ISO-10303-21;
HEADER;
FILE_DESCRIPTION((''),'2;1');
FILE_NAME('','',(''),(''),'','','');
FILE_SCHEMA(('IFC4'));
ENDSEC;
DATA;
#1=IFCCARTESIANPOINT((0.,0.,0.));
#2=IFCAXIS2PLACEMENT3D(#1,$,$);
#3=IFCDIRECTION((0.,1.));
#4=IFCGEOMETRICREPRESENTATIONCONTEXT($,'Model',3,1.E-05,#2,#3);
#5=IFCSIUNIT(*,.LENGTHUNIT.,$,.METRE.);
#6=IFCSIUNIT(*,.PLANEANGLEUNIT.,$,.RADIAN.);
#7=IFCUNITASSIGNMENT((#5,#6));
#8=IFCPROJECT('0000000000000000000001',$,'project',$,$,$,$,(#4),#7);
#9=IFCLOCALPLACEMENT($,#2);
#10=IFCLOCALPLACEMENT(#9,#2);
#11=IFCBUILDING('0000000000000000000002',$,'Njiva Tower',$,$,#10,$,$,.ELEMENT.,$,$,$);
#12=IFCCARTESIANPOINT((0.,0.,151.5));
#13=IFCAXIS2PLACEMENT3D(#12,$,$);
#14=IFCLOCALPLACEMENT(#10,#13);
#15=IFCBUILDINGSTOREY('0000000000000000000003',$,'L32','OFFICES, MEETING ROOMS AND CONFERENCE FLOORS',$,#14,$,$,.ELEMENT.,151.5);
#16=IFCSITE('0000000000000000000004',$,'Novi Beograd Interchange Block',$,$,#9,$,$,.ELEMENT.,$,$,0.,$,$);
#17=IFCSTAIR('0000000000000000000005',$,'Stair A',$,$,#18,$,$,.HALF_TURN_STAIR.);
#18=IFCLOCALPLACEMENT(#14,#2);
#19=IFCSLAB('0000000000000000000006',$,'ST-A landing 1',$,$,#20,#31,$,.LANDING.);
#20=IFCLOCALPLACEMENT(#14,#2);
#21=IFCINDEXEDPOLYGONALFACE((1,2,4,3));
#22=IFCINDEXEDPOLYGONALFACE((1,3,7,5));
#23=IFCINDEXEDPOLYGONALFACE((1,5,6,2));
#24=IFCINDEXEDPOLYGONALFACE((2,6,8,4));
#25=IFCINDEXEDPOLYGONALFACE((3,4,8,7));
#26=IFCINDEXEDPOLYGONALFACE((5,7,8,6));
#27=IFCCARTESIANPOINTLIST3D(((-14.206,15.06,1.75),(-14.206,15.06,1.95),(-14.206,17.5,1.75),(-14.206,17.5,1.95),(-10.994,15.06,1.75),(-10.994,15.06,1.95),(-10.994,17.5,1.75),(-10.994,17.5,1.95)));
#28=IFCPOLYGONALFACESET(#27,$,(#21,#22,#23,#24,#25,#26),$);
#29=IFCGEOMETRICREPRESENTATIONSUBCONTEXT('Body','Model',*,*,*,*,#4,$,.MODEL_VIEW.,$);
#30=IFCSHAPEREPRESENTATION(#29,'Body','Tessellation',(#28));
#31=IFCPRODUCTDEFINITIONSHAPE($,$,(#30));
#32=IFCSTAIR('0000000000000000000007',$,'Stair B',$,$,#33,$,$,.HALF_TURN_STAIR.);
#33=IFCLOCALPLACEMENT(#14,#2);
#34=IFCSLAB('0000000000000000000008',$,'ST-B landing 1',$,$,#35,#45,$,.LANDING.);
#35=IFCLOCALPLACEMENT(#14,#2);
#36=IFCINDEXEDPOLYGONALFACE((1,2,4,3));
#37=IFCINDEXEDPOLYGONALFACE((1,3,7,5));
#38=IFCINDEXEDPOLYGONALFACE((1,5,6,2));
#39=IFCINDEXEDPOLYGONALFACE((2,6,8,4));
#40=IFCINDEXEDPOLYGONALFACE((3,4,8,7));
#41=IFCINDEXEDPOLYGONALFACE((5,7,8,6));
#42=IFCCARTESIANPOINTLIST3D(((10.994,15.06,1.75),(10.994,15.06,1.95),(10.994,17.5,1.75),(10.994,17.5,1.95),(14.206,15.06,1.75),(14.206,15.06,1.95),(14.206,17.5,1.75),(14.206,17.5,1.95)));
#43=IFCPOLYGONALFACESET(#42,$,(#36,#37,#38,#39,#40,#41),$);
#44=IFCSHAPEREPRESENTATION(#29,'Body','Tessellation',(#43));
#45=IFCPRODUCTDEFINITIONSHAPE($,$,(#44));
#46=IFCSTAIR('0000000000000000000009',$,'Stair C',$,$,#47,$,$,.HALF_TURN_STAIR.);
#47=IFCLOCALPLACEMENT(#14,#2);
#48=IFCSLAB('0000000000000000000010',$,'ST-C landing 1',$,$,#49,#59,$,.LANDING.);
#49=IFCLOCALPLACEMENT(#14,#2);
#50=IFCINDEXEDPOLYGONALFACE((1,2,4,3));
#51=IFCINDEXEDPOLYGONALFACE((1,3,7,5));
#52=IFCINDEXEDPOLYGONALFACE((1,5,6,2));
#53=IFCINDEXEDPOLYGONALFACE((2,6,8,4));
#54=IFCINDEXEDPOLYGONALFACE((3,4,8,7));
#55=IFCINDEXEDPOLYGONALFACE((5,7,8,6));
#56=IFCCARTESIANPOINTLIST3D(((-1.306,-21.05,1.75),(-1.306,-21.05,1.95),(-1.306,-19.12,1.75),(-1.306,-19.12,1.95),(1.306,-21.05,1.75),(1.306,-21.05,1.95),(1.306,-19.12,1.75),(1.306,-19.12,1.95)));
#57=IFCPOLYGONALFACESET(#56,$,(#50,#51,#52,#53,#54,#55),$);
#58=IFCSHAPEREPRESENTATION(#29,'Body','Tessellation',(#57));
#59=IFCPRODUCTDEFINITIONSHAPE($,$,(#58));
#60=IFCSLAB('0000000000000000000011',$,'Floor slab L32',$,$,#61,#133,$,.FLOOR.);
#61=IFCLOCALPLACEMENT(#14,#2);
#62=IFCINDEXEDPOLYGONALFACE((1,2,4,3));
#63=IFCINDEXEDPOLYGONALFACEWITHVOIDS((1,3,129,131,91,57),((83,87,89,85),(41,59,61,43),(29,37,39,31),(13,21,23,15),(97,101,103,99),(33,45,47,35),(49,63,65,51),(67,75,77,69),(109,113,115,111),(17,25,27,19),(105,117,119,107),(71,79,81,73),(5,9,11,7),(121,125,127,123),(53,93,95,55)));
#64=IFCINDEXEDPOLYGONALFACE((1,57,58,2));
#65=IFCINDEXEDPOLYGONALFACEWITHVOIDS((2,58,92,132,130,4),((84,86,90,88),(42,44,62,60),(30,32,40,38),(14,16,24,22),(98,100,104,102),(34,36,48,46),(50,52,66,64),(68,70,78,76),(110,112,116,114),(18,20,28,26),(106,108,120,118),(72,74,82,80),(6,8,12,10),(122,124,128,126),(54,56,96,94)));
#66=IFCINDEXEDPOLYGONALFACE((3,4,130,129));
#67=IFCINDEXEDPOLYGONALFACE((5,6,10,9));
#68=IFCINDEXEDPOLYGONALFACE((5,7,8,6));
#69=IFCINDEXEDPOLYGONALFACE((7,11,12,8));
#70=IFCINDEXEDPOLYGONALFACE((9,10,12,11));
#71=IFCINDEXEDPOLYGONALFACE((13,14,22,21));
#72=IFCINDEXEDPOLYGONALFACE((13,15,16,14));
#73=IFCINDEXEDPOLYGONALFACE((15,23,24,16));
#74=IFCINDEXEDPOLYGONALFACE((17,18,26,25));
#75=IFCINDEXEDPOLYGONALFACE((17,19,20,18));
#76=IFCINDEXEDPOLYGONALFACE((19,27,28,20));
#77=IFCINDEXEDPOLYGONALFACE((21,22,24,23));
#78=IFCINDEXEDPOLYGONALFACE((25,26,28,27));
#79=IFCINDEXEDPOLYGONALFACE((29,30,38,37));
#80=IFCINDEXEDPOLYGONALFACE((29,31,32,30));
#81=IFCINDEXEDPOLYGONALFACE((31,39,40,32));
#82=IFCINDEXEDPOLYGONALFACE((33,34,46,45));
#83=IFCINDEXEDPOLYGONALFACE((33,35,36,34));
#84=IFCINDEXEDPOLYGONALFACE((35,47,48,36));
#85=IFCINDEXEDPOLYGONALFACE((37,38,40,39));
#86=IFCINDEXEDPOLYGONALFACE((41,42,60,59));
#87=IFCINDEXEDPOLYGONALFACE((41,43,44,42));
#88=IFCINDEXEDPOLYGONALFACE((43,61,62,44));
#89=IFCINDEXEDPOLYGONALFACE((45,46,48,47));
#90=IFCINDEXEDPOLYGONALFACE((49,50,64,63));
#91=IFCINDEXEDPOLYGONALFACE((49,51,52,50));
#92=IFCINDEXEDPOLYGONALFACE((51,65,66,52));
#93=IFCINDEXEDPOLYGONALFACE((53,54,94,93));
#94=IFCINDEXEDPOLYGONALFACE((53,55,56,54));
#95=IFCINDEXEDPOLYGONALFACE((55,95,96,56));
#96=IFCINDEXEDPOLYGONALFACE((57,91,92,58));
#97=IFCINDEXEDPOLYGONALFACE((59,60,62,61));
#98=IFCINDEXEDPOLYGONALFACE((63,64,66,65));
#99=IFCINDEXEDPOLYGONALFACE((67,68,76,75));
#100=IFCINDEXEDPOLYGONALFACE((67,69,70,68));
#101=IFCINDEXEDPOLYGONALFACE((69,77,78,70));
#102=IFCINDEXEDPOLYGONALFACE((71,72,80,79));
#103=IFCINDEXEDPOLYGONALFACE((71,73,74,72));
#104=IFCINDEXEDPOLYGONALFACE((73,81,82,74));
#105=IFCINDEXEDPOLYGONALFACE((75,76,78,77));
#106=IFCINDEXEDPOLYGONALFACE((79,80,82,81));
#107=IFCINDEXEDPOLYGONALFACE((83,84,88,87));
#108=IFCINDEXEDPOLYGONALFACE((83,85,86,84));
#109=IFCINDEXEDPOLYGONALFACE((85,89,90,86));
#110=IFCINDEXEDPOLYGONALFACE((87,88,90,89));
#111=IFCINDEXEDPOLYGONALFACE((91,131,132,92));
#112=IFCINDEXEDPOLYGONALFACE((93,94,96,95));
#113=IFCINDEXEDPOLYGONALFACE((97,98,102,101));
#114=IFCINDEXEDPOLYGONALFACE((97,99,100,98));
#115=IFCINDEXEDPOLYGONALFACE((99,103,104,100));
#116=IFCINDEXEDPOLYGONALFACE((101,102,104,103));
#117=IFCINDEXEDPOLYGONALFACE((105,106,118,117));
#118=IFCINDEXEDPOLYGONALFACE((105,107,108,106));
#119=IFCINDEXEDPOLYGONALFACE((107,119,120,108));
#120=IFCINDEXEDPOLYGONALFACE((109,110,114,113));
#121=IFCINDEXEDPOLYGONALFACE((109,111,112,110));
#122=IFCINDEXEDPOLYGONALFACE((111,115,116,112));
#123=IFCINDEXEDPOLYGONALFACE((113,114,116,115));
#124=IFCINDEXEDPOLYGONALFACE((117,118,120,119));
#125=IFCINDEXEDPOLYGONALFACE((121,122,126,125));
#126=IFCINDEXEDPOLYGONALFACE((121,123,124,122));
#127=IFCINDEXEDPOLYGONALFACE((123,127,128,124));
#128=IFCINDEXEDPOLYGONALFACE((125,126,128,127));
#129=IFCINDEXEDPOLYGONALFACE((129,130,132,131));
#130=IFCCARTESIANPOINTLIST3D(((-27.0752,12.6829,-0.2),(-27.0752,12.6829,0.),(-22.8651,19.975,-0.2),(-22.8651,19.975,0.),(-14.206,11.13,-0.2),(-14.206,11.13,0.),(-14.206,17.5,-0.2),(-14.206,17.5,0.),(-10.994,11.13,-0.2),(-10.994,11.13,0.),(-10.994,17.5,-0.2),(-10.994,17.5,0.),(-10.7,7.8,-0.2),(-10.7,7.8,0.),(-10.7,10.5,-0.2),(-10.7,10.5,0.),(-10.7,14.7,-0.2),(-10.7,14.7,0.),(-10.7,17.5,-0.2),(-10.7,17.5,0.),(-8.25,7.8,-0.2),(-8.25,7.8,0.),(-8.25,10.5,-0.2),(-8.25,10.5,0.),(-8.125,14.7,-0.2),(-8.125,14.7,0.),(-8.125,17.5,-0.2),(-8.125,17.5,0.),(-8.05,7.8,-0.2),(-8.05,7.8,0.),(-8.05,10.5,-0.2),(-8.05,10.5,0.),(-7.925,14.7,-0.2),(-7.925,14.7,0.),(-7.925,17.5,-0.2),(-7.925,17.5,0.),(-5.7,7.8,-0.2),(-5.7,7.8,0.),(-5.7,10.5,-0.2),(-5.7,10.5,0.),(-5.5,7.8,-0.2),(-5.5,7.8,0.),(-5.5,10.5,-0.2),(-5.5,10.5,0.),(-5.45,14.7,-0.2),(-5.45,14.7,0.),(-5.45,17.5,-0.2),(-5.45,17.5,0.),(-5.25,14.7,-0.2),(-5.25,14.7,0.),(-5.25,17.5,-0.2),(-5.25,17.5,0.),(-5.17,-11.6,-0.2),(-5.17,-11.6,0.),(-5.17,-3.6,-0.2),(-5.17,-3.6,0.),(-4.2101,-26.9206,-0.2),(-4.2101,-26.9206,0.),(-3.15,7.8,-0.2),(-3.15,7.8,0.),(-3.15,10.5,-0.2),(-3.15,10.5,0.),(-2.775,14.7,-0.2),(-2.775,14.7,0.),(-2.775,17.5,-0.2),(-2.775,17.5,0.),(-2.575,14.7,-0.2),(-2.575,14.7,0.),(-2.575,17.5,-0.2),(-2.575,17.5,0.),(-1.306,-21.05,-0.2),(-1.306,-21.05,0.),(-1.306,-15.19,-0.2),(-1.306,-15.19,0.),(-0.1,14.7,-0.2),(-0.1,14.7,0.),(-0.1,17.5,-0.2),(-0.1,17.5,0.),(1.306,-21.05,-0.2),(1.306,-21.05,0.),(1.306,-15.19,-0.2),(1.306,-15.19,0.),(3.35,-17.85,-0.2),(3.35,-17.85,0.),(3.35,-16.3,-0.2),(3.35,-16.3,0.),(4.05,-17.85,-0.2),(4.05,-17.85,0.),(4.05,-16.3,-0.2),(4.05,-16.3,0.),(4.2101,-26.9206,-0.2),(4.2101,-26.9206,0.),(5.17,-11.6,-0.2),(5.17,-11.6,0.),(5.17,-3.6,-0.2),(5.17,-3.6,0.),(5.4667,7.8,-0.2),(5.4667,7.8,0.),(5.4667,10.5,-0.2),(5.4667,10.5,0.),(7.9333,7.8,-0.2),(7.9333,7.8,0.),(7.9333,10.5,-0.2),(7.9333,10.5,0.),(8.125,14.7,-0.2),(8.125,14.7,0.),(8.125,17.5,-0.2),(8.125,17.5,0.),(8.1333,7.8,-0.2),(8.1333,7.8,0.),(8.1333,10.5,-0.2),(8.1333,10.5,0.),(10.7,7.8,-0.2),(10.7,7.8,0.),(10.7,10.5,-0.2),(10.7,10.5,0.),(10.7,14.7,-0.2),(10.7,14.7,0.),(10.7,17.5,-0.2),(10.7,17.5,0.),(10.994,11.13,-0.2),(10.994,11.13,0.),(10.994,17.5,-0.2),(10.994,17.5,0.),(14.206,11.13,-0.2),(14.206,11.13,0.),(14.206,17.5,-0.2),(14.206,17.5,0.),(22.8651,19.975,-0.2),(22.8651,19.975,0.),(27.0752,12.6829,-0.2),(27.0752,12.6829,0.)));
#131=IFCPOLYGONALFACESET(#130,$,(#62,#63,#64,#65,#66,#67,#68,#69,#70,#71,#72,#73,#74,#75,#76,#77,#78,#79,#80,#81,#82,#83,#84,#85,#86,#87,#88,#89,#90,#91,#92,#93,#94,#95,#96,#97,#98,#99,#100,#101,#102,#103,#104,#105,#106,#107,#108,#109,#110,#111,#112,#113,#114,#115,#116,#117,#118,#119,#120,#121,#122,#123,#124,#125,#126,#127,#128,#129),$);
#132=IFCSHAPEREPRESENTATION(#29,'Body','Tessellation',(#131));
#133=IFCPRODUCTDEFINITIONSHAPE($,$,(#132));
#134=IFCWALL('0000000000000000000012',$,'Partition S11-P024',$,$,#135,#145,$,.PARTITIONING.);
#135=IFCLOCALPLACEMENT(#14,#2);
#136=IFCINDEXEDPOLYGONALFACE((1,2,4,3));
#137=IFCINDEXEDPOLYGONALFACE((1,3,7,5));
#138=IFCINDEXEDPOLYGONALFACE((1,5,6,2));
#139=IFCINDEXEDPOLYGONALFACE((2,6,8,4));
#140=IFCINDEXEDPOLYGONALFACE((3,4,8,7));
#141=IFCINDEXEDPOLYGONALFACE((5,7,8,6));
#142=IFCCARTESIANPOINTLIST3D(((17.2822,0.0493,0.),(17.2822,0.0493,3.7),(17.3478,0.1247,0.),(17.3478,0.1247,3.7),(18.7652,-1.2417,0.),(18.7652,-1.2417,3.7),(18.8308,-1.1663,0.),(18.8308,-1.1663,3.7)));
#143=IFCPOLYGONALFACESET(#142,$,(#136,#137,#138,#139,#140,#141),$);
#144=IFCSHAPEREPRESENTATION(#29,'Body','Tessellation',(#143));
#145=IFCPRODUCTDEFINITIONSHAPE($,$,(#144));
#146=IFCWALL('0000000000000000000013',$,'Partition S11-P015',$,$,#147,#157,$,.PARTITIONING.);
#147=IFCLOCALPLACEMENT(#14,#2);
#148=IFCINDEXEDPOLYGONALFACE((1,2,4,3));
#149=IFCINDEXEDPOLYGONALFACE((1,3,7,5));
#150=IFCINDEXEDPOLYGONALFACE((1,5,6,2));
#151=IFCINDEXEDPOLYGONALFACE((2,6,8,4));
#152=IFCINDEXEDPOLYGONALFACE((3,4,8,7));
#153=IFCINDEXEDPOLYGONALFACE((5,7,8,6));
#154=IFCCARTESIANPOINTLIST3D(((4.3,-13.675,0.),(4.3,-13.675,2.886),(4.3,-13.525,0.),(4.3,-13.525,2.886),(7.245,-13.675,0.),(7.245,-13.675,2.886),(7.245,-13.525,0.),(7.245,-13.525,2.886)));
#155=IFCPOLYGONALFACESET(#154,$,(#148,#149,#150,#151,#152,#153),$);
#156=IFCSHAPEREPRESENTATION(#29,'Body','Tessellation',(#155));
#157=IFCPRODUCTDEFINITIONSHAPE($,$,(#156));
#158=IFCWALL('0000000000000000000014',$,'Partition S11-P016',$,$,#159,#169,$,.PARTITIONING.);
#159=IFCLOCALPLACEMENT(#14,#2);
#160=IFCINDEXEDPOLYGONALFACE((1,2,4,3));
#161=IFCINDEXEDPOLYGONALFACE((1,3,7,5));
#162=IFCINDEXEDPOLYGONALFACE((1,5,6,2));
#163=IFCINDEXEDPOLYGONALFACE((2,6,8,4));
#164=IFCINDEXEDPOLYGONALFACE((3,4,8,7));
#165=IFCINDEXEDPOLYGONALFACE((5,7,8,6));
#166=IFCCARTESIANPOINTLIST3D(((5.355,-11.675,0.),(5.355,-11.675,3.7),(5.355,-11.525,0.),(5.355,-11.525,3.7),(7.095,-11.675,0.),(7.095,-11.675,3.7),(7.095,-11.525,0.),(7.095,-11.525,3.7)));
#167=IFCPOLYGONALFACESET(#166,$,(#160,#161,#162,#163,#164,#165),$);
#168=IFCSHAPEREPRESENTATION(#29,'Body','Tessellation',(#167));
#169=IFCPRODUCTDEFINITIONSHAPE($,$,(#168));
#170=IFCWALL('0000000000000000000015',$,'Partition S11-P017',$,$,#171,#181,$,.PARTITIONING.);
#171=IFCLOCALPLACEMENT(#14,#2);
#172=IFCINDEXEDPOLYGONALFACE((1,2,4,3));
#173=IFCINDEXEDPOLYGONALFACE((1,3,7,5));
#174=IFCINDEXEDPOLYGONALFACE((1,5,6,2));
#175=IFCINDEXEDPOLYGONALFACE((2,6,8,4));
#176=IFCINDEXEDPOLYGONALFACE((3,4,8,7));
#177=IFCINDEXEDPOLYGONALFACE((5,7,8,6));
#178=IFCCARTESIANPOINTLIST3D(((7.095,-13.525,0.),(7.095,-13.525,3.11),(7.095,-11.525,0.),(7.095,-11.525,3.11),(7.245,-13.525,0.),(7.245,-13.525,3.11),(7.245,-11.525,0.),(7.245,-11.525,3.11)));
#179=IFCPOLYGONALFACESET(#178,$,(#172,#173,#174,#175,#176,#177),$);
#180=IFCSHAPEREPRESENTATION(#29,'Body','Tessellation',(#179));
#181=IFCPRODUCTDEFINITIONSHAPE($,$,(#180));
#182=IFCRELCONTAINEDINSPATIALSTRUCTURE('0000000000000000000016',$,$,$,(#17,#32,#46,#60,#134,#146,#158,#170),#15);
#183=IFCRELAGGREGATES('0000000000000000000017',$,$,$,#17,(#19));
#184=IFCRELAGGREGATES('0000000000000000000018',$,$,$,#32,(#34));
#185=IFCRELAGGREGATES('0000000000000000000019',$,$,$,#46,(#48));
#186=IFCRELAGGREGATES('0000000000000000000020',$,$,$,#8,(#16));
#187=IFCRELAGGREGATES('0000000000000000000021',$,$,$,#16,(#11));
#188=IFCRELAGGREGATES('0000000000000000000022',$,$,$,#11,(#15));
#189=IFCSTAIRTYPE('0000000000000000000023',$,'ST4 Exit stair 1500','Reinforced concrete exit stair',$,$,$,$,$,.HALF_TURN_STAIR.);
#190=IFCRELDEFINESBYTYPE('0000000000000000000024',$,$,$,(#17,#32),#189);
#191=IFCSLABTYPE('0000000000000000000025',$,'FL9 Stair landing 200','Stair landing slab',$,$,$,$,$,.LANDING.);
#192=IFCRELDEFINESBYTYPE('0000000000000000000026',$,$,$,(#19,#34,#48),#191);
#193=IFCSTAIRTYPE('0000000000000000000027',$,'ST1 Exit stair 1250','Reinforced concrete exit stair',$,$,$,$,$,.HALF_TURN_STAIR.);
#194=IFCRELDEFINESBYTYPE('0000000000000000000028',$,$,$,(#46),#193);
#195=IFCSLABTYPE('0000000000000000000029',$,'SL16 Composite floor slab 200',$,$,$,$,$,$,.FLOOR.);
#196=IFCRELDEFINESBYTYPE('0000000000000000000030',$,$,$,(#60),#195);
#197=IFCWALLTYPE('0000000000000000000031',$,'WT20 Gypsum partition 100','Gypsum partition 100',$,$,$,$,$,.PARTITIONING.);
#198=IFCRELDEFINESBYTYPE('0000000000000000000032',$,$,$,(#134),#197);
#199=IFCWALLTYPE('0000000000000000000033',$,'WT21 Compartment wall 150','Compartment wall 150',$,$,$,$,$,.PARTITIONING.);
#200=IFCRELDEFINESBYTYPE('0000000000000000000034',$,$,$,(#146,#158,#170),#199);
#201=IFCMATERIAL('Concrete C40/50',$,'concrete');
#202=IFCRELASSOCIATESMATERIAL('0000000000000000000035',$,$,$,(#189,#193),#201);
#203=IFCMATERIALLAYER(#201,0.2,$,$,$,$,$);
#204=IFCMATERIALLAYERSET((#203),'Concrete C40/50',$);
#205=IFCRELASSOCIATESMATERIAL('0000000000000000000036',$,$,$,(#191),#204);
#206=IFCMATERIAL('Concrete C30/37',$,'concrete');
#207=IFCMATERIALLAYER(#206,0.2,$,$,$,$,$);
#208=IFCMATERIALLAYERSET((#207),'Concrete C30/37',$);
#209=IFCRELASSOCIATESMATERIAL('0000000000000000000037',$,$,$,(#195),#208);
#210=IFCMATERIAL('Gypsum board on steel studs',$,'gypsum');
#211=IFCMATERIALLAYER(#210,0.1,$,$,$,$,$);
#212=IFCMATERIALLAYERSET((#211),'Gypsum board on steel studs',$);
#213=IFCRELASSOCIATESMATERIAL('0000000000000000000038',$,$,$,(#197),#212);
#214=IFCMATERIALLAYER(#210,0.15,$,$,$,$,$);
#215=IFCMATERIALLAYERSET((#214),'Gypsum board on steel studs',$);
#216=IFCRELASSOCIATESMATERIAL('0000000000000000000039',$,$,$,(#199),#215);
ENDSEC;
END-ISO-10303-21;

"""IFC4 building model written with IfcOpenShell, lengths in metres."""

from ifc_helpers import new_model, si_unit, direction, frame, frame_2d, origin, place, context, subcontext, project, spatial, polyline, rectangle, outline, extrude, material, layer, layer_set, type_object, element, aggregate, save


model = new_model("IFC4")

# Units and contexts
model_context = context("Model", 3, precision=1e-05, world=origin(), true_north=direction((0.0, 1.0)))
body_context = subcontext(model_context, "Body", "Model", "MODEL_VIEW")
ifc_project = project(units=[si_unit("LENGTHUNIT", "METRE"), si_unit("PLANEANGLEUNIT", "RADIAN")], contexts=[model_context])

# Site, building, storey
site_placement = place(None, origin())
site = spatial("IfcSite", under=ifc_project, at=site_placement, Name="Novi Beograd Interchange Block", CompositionType="ELEMENT", RefElevation=0.0)
building_placement = place(site_placement, origin())
building = spatial("IfcBuilding", under=site, at=building_placement, Name="Njiva Tower", CompositionType="ELEMENT")
storey_placement = place(building_placement, frame((0.0, 0.0, 151.5)))
storey = spatial("IfcBuildingStorey", under=building, at=storey_placement, Name="L32", Description="OFFICES, MEETING ROOMS AND CONFERENCE FLOORS", CompositionType="ELEMENT", Elevation=151.5)

# Stairs, slabs
ifc_material_1 = material(Name="Concrete C40/50", Category="concrete")
stair_type_1 = type_object("IfcStairType", Name="ST4 Exit stair 1500", Description="Reinforced concrete exit stair", PredefinedType="HALF_TURN_STAIR", material=ifc_material_1)
stair_1_placement = place(storey_placement, origin())
stair_1 = element("IfcStair", 1, at=stair_1_placement, inside=storey, type_object=stair_type_1, Name="Stair A", PredefinedType="HALF_TURN_STAIR")
ifc_layer_1 = layer(ifc_material_1, 0.2)
ifc_layer_set_1 = layer_set([ifc_layer_1], Name="Concrete C40/50")
slab_type_1 = type_object("IfcSlabType", Name="FL9 Stair landing 200", Description="Stair landing slab", PredefinedType="LANDING", material=ifc_layer_set_1)
slab_1_placement = place(storey_placement, frame((0.0, 0.0, 1.75)))
slab_1 = element("IfcSlab", 2, at=slab_1_placement, type_object=slab_type_1, Name="ST-A landing 1", PredefinedType="LANDING", context=body_context, shape_type="SweptSolid", body=[
    extrude(outline(polyline([(-14.206, 15.06), (-10.994, 15.06), (-10.994, 17.5), (-14.206, 17.5), (-14.206, 15.06)])), origin(), (0.0, 0.0, 1.0), 0.2),
])
aggregate(stair_1, [slab_1])
stair_2_placement = place(storey_placement, origin())
stair_2 = element("IfcStair", 3, at=stair_2_placement, inside=storey, type_object=stair_type_1, Name="Stair B", PredefinedType="HALF_TURN_STAIR")
slab_2_placement = place(storey_placement, frame((0.0, 0.0, 1.75)))
slab_2 = element("IfcSlab", 4, at=slab_2_placement, type_object=slab_type_1, Name="ST-B landing 1", PredefinedType="LANDING", context=body_context, shape_type="SweptSolid", body=[
    extrude(outline(polyline([(10.994, 15.06), (14.206, 15.06), (14.206, 17.5), (10.994, 17.5), (10.994, 15.06)])), origin(), (0.0, 0.0, 1.0), 0.2),
])
aggregate(stair_2, [slab_2])
stair_type_2 = type_object("IfcStairType", Name="ST1 Exit stair 1250", Description="Reinforced concrete exit stair", PredefinedType="HALF_TURN_STAIR", material=ifc_material_1)
stair_3_placement = place(storey_placement, origin())
stair_3 = element("IfcStair", 5, at=stair_3_placement, inside=storey, type_object=stair_type_2, Name="Stair C", PredefinedType="HALF_TURN_STAIR")
slab_3_placement = place(storey_placement, frame((0.0, 0.0, 1.75)))
slab_3 = element("IfcSlab", 6, at=slab_3_placement, type_object=slab_type_1, Name="ST-C landing 1", PredefinedType="LANDING", context=body_context, shape_type="SweptSolid", body=[
    extrude(outline(polyline([(-1.306, -21.05), (1.306, -21.05), (1.306, -19.12), (-1.306, -19.12), (-1.306, -21.05)])), origin(), (0.0, 0.0, 1.0), 0.2),
])
aggregate(stair_3, [slab_3])

# Slab
ifc_material_2 = material(Name="Concrete C30/37", Category="concrete")
ifc_layer_2 = layer(ifc_material_2, 0.2)
ifc_layer_set_2 = layer_set([ifc_layer_2], Name="Concrete C30/37")
slab_type_2 = type_object("IfcSlabType", Name="SL16 Composite floor slab 200", PredefinedType="FLOOR", material=ifc_layer_set_2)
slab_4_placement = place(storey_placement, frame((0.0, 0.0, -0.2)))
element("IfcSlab", 7, at=slab_4_placement, inside=storey, type_object=slab_type_2, Name="Floor slab L32", PredefinedType="FLOOR", context=body_context, shape_type="SweptSolid", body=[
    extrude(outline(polyline([(27.0752, 12.6829), (4.2101, -26.9206), (-4.2101, -26.9206), (-27.0752, 12.6829), (-22.8651, 19.975), (22.8651, 19.975), (27.0752, 12.6829)]), holes=[polyline([(10.994, 11.13), (14.206, 11.13), (14.206, 17.5), (10.994, 17.5), (10.994, 11.13)]), polyline([(8.125, 14.7), (10.7, 14.7), (10.7, 17.5), (8.125, 17.5), (8.125, 14.7)]), polyline([(8.1333, 7.8), (10.7, 7.8), (10.7, 10.5), (8.1333, 10.5), (8.1333, 7.8)]), polyline([(5.4667, 7.8), (7.9333, 7.8), (7.9333, 10.5), (5.4667, 10.5), (5.4667, 7.8)]), polyline([(5.17, -11.6), (5.17, -3.6), (-5.17, -3.6), (-5.17, -11.6), (5.17, -11.6)]), polyline([(3.35, -17.85), (4.05, -17.85), (4.05, -16.3), (3.35, -16.3), (3.35, -17.85)]), polyline([(-1.306, -21.05), (1.306, -21.05), (1.306, -15.19), (-1.306, -15.19), (-1.306, -21.05)]), polyline([(-2.575, 14.7), (-0.1, 14.7), (-0.1, 17.5), (-2.575, 17.5), (-2.575, 14.7)]), polyline([(-5.25, 14.7), (-2.775, 14.7), (-2.775, 17.5), (-5.25, 17.5), (-5.25, 14.7)]), polyline([(-5.5, 7.8), (-3.15, 7.8), (-3.15, 10.5), (-5.5, 10.5), (-5.5, 7.8)]), polyline([(-7.925, 14.7), (-5.45, 14.7), (-5.45, 17.5), (-7.925, 17.5), (-7.925, 14.7)]), polyline([(-8.05, 7.8), (-5.7, 7.8), (-5.7, 10.5), (-8.05, 10.5), (-8.05, 7.8)]), polyline([(-10.7, 14.7), (-8.125, 14.7), (-8.125, 17.5), (-10.7, 17.5), (-10.7, 14.7)]), polyline([(-8.25, 7.8), (-8.25, 10.5), (-10.7, 10.5), (-10.7, 7.8), (-8.25, 7.8)]), polyline([(-14.206, 11.13), (-10.994, 11.13), (-10.994, 17.5), (-14.206, 17.5), (-14.206, 11.13)])]), origin(), (0.0, 0.0, 1.0), 0.2),
])

# Walls
ifc_material_3 = material(Name="Gypsum board on steel studs", Category="gypsum")
ifc_layer_3 = layer(ifc_material_3, 0.1)
ifc_layer_set_3 = layer_set([ifc_layer_3], Name="Gypsum board on steel studs")
wall_type_1 = type_object("IfcWallType", Name="WT20 Gypsum partition 100", Description="Gypsum partition 100", PredefinedType="PARTITIONING", material=ifc_layer_set_3)
wall_1_placement = place(storey_placement, frame((17.315, 0.087, 0.0), z_axis=(0.0, 0.0, 1.0), x_axis=(0.754244, -0.656594, 0.0)))
element("IfcWall", 8, at=wall_1_placement, inside=storey, type_object=wall_type_1, Name="Partition S11-P024", PredefinedType="PARTITIONING", context=body_context, shape_type="SweptSolid", body=[
    extrude(rectangle(XDim=1.9662, YDim=0.1, at=frame_2d((0.9831, 0.0))), origin(), (0.0, 0.0, 1.0), 3.7),
])
ifc_layer_4 = layer(ifc_material_3, 0.15)
ifc_layer_set_4 = layer_set([ifc_layer_4], Name="Gypsum board on steel studs")
wall_type_2 = type_object("IfcWallType", Name="WT21 Compartment wall 150", Description="Compartment wall 150", PredefinedType="PARTITIONING", material=ifc_layer_set_4)
wall_2_placement = place(storey_placement, frame((4.3, -13.6, 0.0), z_axis=(0.0, 0.0, 1.0), x_axis=(1.0, 0.0, 0.0)))
element("IfcWall", 9, at=wall_2_placement, inside=storey, type_object=wall_type_2, Name="Partition S11-P015", PredefinedType="PARTITIONING", context=body_context, shape_type="SweptSolid", body=[
    extrude(rectangle(XDim=2.945, YDim=0.15, at=frame_2d((1.4725, 0.0))), origin(), (0.0, 0.0, 1.0), 2.886),
])
wall_3_placement = place(storey_placement, frame((5.355, -11.6, 0.0), z_axis=(0.0, 0.0, 1.0), x_axis=(1.0, 0.0, 0.0)))
element("IfcWall", 10, at=wall_3_placement, inside=storey, type_object=wall_type_2, Name="Partition S11-P016", PredefinedType="PARTITIONING", context=body_context, shape_type="SweptSolid", body=[
    extrude(rectangle(XDim=1.74, YDim=0.15, at=frame_2d((0.87, 0.0))), origin(), (0.0, 0.0, 1.0), 3.7),
])
wall_4_placement = place(storey_placement, frame((7.17, -13.525, 0.0), z_axis=(0.0, 0.0, 1.0), x_axis=(0.0, 1.0, 0.0)))
element("IfcWall", 11, at=wall_4_placement, inside=storey, type_object=wall_type_2, Name="Partition S11-P017", PredefinedType="PARTITIONING", context=body_context, shape_type="SweptSolid", body=[
    extrude(rectangle(XDim=2.0, YDim=0.15, at=frame_2d((1.0, 0.0))), origin(), (0.0, 0.0, 1.0), 3.11),
])

save(model, "model.ifc")
